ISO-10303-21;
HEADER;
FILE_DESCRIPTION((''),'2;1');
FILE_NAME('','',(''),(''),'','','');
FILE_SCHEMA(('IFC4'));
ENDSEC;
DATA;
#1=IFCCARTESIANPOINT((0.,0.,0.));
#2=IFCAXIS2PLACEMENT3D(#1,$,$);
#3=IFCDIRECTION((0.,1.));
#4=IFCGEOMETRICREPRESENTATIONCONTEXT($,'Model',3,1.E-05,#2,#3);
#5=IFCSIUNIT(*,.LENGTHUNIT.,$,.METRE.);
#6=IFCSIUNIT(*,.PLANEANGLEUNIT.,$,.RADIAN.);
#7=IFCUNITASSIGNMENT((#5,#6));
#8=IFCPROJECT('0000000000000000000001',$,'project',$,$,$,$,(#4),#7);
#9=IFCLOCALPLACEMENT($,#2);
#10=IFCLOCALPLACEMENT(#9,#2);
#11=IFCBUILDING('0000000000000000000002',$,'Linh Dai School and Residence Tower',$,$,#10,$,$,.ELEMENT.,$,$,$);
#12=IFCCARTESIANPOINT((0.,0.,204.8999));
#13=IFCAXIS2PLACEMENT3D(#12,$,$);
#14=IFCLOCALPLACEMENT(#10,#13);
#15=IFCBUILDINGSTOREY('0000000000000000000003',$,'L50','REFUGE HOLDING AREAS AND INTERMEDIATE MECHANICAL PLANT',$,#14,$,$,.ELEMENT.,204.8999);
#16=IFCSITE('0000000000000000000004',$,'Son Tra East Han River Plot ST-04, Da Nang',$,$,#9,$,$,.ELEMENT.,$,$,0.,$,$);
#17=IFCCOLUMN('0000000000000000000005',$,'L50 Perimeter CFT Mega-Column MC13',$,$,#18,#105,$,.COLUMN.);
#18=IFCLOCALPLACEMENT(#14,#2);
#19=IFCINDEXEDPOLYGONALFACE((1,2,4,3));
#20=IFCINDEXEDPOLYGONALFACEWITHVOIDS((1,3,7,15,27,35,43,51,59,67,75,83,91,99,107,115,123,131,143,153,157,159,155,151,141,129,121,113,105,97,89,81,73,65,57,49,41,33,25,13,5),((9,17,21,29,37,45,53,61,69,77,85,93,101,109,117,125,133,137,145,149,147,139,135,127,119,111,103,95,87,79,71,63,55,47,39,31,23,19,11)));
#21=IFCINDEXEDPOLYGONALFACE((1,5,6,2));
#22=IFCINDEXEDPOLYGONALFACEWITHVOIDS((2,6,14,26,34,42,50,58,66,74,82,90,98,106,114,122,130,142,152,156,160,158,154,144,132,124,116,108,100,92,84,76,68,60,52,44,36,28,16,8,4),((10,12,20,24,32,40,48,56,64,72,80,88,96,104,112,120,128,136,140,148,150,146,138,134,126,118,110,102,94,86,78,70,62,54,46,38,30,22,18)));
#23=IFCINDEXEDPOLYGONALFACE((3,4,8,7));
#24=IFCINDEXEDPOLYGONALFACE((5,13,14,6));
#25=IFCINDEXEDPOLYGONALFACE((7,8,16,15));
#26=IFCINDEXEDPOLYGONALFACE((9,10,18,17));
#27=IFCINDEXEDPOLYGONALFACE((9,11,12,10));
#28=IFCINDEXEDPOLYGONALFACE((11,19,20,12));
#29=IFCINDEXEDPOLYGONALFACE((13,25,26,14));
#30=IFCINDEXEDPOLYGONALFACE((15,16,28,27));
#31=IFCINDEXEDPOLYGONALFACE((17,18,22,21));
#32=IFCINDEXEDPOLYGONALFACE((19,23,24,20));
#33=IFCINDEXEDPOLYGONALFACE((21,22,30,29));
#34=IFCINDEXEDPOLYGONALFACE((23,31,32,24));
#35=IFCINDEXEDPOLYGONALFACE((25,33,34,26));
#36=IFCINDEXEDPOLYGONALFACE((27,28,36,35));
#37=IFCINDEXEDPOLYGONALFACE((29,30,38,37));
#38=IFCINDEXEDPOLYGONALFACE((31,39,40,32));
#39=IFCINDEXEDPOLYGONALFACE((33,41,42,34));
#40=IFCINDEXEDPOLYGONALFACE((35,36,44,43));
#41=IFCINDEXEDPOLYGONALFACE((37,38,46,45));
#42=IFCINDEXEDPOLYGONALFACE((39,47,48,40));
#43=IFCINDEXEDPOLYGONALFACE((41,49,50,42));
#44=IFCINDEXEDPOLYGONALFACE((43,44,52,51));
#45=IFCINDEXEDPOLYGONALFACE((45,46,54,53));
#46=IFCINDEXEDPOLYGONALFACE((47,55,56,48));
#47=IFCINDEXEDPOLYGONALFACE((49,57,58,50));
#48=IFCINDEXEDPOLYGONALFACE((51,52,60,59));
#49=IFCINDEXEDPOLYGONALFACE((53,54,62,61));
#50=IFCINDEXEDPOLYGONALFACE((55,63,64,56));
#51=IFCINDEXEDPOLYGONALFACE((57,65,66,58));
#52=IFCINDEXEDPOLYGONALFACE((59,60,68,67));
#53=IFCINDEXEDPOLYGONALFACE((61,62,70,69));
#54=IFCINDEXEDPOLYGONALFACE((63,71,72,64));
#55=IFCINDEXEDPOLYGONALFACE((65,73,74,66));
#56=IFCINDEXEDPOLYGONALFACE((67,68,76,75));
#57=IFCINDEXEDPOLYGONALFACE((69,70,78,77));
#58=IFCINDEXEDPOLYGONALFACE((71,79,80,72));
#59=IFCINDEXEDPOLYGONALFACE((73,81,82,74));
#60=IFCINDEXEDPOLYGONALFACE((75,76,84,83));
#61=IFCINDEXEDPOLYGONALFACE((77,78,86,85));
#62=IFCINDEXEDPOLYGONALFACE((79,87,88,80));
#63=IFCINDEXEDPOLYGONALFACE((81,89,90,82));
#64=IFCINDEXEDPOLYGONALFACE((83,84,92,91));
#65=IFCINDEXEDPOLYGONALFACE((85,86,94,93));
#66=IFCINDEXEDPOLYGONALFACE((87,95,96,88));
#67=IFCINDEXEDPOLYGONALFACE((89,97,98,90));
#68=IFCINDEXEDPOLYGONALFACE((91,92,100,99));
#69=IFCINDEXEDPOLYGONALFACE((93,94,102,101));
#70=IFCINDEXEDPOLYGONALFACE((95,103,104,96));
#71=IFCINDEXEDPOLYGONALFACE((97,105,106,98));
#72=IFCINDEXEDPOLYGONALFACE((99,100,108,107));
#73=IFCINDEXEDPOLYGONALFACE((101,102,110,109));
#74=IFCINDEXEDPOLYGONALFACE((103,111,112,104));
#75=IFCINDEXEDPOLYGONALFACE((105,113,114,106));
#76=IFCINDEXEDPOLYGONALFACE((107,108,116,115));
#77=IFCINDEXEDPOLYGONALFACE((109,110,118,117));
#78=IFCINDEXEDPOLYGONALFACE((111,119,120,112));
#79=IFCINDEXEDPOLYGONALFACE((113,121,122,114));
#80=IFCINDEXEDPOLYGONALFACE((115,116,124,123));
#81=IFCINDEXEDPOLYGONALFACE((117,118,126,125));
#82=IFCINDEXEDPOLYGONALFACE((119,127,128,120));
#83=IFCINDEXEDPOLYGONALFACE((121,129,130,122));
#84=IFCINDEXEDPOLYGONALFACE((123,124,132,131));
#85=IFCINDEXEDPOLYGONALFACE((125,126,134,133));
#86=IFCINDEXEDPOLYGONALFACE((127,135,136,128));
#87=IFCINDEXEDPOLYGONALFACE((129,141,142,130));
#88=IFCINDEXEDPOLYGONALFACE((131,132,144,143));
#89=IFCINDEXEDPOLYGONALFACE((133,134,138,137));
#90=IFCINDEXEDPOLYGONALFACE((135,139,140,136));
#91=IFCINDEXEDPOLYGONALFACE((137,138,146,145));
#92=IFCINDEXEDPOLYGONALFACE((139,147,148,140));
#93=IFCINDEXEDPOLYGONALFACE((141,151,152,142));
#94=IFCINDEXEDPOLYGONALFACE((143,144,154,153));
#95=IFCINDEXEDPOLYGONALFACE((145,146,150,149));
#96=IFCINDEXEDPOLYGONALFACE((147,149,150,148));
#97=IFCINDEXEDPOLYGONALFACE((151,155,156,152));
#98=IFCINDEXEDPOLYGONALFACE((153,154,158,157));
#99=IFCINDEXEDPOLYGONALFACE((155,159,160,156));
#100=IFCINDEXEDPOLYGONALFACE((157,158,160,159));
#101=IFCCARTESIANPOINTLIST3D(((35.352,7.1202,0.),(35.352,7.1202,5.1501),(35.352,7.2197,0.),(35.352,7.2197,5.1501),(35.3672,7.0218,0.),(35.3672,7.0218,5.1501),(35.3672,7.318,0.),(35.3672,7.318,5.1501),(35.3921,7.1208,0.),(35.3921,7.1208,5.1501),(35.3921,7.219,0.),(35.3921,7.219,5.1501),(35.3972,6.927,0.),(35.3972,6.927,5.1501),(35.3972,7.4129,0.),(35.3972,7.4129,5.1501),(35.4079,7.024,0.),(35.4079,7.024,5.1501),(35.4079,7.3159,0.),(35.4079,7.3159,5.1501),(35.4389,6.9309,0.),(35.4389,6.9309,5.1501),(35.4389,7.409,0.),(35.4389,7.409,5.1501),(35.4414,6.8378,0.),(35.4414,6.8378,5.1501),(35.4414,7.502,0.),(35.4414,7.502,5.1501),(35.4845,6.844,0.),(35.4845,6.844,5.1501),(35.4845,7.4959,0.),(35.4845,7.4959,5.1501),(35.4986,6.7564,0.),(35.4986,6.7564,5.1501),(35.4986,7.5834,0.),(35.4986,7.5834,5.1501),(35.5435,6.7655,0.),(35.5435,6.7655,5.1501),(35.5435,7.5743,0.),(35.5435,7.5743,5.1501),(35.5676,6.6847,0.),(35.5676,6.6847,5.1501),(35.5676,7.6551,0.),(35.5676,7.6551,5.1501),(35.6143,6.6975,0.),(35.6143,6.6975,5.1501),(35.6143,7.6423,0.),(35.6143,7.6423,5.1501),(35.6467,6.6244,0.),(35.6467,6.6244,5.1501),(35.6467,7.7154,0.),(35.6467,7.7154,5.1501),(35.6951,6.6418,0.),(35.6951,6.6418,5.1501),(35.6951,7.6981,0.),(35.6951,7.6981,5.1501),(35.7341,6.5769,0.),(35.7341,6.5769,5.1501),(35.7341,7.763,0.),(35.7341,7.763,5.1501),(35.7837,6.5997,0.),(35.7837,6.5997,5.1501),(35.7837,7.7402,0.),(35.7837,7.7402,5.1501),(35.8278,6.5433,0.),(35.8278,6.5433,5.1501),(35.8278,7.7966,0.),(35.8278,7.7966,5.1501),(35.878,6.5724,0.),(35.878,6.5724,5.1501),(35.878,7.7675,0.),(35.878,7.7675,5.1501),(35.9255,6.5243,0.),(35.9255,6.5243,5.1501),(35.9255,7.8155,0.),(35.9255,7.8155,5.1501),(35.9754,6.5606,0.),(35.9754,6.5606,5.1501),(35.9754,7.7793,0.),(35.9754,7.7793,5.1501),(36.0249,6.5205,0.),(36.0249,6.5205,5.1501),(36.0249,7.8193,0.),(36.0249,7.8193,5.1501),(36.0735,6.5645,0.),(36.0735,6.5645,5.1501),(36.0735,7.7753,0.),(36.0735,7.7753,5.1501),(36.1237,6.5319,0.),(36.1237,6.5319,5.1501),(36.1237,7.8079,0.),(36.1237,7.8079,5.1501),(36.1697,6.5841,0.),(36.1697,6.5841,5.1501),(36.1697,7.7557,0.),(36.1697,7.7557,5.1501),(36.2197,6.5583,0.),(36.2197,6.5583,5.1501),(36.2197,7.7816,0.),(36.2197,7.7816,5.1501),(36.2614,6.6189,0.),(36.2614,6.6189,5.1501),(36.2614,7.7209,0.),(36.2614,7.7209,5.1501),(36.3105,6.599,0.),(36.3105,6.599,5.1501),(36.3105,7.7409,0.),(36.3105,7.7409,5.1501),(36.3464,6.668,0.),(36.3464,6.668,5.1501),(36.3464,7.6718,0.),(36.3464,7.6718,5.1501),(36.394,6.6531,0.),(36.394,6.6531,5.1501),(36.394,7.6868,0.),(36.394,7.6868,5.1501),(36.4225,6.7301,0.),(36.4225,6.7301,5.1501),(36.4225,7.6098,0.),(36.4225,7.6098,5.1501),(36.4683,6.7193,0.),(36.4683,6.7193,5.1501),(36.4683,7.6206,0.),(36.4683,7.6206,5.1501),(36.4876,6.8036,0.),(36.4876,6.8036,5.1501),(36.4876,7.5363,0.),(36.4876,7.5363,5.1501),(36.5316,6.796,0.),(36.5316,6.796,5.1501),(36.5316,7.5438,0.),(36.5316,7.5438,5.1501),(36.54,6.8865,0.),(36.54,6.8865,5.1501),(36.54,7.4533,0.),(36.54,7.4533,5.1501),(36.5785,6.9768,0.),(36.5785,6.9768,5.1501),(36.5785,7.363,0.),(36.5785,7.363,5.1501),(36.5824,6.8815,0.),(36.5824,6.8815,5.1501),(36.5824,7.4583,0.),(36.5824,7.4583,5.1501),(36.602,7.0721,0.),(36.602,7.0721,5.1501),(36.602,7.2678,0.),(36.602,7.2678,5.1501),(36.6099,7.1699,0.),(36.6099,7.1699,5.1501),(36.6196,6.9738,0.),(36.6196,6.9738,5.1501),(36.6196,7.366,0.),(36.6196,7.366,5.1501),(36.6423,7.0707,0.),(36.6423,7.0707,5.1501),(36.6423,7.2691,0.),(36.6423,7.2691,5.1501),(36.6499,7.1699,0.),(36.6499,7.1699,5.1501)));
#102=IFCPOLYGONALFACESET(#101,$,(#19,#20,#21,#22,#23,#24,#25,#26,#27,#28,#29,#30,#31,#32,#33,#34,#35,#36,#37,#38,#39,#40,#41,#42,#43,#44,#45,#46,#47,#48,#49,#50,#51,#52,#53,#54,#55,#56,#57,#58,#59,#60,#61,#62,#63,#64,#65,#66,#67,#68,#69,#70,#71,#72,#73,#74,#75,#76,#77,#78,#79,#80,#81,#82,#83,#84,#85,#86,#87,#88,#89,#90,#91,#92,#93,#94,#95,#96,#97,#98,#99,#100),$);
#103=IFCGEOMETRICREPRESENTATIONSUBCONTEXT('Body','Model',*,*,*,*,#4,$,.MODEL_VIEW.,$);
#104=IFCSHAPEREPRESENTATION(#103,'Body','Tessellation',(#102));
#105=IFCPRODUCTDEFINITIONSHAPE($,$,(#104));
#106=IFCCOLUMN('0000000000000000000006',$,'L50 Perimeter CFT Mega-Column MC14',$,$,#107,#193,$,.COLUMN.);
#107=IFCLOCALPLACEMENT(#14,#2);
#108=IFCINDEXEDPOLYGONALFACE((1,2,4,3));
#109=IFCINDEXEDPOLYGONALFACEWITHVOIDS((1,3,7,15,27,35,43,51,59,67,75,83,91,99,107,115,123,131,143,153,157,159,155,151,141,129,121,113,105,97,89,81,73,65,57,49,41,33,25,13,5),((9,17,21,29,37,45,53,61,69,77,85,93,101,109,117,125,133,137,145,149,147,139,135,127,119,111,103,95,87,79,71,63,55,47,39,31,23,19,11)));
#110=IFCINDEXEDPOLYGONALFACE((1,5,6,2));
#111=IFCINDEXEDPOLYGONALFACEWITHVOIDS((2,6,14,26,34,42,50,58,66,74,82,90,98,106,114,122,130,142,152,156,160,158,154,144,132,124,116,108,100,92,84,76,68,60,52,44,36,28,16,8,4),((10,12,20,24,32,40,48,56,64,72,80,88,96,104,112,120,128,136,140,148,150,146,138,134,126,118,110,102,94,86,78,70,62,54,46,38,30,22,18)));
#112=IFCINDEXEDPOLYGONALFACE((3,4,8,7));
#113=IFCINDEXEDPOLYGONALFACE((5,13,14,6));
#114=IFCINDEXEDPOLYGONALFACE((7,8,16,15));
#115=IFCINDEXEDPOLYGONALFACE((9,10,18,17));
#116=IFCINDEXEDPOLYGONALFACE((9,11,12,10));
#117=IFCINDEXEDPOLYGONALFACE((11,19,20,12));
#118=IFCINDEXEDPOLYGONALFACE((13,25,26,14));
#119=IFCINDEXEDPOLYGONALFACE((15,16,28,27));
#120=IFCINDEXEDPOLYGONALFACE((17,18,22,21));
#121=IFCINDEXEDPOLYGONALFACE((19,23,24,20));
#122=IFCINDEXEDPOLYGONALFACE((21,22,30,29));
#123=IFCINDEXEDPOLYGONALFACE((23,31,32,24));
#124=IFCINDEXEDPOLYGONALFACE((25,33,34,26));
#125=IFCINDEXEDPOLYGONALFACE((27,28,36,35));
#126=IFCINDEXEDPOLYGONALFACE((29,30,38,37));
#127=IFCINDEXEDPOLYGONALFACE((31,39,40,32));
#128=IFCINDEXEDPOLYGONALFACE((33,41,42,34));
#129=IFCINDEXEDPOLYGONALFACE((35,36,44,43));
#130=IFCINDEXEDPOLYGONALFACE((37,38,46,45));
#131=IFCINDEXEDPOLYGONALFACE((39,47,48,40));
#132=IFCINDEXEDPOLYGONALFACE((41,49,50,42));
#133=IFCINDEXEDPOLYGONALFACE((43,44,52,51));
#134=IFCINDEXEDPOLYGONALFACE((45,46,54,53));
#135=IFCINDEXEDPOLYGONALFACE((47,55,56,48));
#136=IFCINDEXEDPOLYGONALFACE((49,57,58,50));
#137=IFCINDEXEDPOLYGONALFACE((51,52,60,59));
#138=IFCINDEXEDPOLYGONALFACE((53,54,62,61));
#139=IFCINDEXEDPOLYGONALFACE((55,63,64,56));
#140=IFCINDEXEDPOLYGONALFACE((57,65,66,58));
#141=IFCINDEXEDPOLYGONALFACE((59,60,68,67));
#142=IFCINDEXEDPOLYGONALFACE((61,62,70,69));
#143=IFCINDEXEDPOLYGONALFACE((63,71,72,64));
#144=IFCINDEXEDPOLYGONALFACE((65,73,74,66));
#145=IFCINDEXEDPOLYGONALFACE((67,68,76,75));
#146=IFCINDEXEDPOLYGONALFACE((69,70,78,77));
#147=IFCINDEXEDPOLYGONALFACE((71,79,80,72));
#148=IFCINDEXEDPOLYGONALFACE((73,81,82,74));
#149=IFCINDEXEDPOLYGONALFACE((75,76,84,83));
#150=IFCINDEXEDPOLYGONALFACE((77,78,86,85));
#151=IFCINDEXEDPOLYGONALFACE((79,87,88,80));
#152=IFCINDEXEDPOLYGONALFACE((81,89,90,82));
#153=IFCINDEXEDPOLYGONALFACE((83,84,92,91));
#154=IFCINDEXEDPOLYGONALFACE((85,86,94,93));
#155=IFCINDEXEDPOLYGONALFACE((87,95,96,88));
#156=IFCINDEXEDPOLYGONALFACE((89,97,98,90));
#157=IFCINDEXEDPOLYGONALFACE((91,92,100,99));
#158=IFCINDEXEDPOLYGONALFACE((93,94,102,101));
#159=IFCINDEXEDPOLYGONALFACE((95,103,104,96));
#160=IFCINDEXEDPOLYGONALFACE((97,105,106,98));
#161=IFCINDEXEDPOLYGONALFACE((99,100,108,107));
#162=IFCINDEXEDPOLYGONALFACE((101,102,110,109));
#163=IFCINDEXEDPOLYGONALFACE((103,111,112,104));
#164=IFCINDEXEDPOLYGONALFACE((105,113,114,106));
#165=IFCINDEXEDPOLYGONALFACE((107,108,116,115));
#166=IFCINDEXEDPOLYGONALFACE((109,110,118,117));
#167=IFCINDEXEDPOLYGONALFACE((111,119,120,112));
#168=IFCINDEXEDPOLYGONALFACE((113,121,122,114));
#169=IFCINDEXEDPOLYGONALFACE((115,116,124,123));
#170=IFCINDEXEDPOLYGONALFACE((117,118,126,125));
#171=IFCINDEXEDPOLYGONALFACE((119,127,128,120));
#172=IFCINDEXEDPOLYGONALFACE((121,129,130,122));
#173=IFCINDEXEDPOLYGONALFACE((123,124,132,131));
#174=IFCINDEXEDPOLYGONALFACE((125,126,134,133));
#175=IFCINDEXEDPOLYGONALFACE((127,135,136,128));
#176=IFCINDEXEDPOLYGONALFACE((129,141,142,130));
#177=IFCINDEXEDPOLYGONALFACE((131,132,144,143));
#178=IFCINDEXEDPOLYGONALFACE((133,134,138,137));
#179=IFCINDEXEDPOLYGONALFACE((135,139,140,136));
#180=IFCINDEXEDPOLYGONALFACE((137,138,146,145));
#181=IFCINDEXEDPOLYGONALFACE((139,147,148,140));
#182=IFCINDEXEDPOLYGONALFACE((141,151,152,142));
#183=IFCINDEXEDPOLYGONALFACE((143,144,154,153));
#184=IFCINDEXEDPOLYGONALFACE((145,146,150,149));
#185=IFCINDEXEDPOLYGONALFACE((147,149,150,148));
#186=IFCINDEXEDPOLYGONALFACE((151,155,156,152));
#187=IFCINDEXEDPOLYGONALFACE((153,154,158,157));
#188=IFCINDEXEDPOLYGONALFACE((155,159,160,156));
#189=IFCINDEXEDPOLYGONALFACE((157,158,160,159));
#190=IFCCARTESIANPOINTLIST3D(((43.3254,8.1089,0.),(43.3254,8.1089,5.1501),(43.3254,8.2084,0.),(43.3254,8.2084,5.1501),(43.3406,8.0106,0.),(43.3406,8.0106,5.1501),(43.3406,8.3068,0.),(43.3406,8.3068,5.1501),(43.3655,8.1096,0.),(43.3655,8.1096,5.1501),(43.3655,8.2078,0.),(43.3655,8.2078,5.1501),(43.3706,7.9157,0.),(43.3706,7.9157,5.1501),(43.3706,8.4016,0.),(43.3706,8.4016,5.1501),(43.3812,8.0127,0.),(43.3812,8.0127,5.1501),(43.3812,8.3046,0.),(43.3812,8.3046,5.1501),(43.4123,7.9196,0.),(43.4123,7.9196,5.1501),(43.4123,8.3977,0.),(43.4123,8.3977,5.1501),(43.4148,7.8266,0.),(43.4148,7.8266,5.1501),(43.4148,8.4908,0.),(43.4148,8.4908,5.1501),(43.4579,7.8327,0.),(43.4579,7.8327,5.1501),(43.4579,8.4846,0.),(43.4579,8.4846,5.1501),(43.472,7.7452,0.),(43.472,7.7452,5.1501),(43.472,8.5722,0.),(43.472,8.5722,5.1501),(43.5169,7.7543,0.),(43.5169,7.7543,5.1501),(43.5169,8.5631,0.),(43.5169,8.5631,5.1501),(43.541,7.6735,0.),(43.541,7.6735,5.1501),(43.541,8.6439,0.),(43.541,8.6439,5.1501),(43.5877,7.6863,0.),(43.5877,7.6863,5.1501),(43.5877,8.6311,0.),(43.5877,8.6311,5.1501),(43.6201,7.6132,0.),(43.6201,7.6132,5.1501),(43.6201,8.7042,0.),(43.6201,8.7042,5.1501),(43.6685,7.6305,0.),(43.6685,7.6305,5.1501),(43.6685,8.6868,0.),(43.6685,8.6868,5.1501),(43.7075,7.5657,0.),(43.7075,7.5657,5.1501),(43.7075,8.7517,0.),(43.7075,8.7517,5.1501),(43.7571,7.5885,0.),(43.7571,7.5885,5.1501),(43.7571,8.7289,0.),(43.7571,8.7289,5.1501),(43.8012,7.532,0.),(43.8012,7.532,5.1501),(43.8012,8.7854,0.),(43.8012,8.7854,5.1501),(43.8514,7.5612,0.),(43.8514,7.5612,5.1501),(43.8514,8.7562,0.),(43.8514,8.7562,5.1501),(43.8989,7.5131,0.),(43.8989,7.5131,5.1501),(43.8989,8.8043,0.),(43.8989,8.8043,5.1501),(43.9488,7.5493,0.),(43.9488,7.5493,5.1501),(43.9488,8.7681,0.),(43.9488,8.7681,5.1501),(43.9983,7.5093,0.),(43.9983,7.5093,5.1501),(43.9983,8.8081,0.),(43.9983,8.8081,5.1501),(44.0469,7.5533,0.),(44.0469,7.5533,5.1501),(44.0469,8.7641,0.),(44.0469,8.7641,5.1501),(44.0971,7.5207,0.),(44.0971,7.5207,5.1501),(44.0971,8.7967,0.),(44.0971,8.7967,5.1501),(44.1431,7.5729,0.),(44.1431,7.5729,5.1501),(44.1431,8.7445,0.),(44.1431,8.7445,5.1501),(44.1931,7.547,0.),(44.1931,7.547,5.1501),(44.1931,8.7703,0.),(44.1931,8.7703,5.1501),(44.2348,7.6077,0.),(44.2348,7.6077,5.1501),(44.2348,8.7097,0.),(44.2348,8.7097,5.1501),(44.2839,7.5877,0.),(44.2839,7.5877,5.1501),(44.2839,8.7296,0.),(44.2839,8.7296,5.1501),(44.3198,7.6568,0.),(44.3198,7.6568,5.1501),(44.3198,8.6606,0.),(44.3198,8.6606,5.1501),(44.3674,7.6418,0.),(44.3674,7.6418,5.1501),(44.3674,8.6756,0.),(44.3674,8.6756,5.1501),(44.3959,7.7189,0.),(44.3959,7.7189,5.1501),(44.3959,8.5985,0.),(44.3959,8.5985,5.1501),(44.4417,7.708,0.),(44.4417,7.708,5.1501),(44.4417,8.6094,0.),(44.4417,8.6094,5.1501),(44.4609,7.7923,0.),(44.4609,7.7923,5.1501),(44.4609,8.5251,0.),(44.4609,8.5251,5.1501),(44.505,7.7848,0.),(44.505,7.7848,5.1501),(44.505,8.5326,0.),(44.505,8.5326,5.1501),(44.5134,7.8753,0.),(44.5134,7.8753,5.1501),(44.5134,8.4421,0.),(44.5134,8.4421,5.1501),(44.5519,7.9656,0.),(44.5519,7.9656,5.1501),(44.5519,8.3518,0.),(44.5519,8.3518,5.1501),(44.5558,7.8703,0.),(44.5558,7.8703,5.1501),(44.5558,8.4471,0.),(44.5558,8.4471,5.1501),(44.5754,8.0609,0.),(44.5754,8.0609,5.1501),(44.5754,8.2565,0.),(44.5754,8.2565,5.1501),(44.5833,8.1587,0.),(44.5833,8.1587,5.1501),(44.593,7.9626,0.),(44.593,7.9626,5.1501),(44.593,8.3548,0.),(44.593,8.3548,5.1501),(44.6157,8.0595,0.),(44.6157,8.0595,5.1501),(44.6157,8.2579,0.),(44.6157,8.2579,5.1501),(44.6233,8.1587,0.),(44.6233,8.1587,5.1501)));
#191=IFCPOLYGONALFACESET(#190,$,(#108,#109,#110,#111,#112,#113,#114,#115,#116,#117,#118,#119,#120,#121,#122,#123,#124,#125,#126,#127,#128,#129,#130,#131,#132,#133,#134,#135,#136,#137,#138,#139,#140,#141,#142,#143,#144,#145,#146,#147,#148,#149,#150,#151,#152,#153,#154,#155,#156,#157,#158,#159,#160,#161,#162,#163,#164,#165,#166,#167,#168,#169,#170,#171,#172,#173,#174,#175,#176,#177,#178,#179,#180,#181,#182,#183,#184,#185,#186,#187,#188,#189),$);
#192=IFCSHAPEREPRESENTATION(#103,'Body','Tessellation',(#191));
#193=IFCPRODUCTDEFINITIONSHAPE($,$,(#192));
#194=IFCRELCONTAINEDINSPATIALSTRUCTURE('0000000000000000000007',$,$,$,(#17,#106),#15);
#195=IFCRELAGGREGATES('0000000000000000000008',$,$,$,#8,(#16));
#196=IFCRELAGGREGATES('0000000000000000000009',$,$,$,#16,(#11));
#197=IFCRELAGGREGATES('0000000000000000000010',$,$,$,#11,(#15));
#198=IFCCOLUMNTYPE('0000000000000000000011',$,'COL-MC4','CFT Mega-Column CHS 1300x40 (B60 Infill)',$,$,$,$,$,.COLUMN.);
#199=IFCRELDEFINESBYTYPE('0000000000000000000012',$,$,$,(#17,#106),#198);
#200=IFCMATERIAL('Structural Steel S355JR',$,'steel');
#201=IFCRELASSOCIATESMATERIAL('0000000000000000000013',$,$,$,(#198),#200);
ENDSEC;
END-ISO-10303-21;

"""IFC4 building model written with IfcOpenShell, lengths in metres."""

from ifc_helpers import new_model, si_unit, direction, frame, origin, origin_2d, place, context, subcontext, project, spatial, hollow_circle, extrude, material, material_profile, profile_set, type_object, element, save


model = new_model("IFC4")

# Units and contexts
model_context = context("Model", 3, precision=1e-05, world=origin(), true_north=direction((0.0, 1.0)))
body_context = subcontext(model_context, "Body", "Model", "MODEL_VIEW")
ifc_project = project(units=[si_unit("LENGTHUNIT", "METRE"), si_unit("PLANEANGLEUNIT", "RADIAN")], contexts=[model_context])

# Site, building, storey
site_placement = place(None, origin())
site = spatial("IfcSite", under=ifc_project, at=site_placement, Name="Son Tra East Han River Plot ST-04, Da Nang", CompositionType="ELEMENT", RefElevation=0.0)
building_placement = place(site_placement, origin())
building = spatial("IfcBuilding", under=site, at=building_placement, Name="Linh Dai School and Residence Tower", CompositionType="ELEMENT")
storey_placement = place(building_placement, frame((0.0, 0.0, 204.8999)))
storey = spatial("IfcBuildingStorey", under=building, at=storey_placement, Name="L50", Description="REFUGE HOLDING AREAS AND INTERMEDIATE MECHANICAL PLANT", CompositionType="ELEMENT", Elevation=204.8999)

# Columns
ifc_material_1 = material(Name="Structural Steel S355JR", Category="steel")
ifc_material_profile_1 = material_profile(ifc_material_1, hollow_circle(Radius=0.6499, WallThickness=0.04, at=origin_2d()), Name="CHS 1300x40")
ifc_profile_set_1 = profile_set([ifc_material_profile_1], Name="Structural Steel S355JR")
column_type = type_object("IfcColumnType", Name="COL-MC4", Description="CFT Mega-Column CHS 1300x40 (B60 Infill)", PredefinedType="COLUMN", material=ifc_profile_set_1)
for number, where, z_axis, x_axis, name in (
    (1, (36.0, 7.1699, 0.0), (0.0, 0.0, 1.0), (1.0, 0.0, 0.0), "L50 Perimeter CFT Mega-Column MC13"),
    (2, (43.9734, 8.1587, 0.0), (0.0, 0.0, 1.0), (1.0, 0.0, 0.0), "L50 Perimeter CFT Mega-Column MC14"),
):
    element("IfcColumn", number, at=place(storey_placement, frame(where, z_axis=z_axis, x_axis=x_axis)), inside=storey, type_object=column_type, Name=name, PredefinedType="COLUMN", context=body_context, shape_type="SweptSolid", body=[
        extrude(hollow_circle(Radius=0.6499, WallThickness=0.04, at=origin_2d()), origin(), (0.0, 0.0, 1.0), 5.1501),
    ])

save(model, "model.ifc")
